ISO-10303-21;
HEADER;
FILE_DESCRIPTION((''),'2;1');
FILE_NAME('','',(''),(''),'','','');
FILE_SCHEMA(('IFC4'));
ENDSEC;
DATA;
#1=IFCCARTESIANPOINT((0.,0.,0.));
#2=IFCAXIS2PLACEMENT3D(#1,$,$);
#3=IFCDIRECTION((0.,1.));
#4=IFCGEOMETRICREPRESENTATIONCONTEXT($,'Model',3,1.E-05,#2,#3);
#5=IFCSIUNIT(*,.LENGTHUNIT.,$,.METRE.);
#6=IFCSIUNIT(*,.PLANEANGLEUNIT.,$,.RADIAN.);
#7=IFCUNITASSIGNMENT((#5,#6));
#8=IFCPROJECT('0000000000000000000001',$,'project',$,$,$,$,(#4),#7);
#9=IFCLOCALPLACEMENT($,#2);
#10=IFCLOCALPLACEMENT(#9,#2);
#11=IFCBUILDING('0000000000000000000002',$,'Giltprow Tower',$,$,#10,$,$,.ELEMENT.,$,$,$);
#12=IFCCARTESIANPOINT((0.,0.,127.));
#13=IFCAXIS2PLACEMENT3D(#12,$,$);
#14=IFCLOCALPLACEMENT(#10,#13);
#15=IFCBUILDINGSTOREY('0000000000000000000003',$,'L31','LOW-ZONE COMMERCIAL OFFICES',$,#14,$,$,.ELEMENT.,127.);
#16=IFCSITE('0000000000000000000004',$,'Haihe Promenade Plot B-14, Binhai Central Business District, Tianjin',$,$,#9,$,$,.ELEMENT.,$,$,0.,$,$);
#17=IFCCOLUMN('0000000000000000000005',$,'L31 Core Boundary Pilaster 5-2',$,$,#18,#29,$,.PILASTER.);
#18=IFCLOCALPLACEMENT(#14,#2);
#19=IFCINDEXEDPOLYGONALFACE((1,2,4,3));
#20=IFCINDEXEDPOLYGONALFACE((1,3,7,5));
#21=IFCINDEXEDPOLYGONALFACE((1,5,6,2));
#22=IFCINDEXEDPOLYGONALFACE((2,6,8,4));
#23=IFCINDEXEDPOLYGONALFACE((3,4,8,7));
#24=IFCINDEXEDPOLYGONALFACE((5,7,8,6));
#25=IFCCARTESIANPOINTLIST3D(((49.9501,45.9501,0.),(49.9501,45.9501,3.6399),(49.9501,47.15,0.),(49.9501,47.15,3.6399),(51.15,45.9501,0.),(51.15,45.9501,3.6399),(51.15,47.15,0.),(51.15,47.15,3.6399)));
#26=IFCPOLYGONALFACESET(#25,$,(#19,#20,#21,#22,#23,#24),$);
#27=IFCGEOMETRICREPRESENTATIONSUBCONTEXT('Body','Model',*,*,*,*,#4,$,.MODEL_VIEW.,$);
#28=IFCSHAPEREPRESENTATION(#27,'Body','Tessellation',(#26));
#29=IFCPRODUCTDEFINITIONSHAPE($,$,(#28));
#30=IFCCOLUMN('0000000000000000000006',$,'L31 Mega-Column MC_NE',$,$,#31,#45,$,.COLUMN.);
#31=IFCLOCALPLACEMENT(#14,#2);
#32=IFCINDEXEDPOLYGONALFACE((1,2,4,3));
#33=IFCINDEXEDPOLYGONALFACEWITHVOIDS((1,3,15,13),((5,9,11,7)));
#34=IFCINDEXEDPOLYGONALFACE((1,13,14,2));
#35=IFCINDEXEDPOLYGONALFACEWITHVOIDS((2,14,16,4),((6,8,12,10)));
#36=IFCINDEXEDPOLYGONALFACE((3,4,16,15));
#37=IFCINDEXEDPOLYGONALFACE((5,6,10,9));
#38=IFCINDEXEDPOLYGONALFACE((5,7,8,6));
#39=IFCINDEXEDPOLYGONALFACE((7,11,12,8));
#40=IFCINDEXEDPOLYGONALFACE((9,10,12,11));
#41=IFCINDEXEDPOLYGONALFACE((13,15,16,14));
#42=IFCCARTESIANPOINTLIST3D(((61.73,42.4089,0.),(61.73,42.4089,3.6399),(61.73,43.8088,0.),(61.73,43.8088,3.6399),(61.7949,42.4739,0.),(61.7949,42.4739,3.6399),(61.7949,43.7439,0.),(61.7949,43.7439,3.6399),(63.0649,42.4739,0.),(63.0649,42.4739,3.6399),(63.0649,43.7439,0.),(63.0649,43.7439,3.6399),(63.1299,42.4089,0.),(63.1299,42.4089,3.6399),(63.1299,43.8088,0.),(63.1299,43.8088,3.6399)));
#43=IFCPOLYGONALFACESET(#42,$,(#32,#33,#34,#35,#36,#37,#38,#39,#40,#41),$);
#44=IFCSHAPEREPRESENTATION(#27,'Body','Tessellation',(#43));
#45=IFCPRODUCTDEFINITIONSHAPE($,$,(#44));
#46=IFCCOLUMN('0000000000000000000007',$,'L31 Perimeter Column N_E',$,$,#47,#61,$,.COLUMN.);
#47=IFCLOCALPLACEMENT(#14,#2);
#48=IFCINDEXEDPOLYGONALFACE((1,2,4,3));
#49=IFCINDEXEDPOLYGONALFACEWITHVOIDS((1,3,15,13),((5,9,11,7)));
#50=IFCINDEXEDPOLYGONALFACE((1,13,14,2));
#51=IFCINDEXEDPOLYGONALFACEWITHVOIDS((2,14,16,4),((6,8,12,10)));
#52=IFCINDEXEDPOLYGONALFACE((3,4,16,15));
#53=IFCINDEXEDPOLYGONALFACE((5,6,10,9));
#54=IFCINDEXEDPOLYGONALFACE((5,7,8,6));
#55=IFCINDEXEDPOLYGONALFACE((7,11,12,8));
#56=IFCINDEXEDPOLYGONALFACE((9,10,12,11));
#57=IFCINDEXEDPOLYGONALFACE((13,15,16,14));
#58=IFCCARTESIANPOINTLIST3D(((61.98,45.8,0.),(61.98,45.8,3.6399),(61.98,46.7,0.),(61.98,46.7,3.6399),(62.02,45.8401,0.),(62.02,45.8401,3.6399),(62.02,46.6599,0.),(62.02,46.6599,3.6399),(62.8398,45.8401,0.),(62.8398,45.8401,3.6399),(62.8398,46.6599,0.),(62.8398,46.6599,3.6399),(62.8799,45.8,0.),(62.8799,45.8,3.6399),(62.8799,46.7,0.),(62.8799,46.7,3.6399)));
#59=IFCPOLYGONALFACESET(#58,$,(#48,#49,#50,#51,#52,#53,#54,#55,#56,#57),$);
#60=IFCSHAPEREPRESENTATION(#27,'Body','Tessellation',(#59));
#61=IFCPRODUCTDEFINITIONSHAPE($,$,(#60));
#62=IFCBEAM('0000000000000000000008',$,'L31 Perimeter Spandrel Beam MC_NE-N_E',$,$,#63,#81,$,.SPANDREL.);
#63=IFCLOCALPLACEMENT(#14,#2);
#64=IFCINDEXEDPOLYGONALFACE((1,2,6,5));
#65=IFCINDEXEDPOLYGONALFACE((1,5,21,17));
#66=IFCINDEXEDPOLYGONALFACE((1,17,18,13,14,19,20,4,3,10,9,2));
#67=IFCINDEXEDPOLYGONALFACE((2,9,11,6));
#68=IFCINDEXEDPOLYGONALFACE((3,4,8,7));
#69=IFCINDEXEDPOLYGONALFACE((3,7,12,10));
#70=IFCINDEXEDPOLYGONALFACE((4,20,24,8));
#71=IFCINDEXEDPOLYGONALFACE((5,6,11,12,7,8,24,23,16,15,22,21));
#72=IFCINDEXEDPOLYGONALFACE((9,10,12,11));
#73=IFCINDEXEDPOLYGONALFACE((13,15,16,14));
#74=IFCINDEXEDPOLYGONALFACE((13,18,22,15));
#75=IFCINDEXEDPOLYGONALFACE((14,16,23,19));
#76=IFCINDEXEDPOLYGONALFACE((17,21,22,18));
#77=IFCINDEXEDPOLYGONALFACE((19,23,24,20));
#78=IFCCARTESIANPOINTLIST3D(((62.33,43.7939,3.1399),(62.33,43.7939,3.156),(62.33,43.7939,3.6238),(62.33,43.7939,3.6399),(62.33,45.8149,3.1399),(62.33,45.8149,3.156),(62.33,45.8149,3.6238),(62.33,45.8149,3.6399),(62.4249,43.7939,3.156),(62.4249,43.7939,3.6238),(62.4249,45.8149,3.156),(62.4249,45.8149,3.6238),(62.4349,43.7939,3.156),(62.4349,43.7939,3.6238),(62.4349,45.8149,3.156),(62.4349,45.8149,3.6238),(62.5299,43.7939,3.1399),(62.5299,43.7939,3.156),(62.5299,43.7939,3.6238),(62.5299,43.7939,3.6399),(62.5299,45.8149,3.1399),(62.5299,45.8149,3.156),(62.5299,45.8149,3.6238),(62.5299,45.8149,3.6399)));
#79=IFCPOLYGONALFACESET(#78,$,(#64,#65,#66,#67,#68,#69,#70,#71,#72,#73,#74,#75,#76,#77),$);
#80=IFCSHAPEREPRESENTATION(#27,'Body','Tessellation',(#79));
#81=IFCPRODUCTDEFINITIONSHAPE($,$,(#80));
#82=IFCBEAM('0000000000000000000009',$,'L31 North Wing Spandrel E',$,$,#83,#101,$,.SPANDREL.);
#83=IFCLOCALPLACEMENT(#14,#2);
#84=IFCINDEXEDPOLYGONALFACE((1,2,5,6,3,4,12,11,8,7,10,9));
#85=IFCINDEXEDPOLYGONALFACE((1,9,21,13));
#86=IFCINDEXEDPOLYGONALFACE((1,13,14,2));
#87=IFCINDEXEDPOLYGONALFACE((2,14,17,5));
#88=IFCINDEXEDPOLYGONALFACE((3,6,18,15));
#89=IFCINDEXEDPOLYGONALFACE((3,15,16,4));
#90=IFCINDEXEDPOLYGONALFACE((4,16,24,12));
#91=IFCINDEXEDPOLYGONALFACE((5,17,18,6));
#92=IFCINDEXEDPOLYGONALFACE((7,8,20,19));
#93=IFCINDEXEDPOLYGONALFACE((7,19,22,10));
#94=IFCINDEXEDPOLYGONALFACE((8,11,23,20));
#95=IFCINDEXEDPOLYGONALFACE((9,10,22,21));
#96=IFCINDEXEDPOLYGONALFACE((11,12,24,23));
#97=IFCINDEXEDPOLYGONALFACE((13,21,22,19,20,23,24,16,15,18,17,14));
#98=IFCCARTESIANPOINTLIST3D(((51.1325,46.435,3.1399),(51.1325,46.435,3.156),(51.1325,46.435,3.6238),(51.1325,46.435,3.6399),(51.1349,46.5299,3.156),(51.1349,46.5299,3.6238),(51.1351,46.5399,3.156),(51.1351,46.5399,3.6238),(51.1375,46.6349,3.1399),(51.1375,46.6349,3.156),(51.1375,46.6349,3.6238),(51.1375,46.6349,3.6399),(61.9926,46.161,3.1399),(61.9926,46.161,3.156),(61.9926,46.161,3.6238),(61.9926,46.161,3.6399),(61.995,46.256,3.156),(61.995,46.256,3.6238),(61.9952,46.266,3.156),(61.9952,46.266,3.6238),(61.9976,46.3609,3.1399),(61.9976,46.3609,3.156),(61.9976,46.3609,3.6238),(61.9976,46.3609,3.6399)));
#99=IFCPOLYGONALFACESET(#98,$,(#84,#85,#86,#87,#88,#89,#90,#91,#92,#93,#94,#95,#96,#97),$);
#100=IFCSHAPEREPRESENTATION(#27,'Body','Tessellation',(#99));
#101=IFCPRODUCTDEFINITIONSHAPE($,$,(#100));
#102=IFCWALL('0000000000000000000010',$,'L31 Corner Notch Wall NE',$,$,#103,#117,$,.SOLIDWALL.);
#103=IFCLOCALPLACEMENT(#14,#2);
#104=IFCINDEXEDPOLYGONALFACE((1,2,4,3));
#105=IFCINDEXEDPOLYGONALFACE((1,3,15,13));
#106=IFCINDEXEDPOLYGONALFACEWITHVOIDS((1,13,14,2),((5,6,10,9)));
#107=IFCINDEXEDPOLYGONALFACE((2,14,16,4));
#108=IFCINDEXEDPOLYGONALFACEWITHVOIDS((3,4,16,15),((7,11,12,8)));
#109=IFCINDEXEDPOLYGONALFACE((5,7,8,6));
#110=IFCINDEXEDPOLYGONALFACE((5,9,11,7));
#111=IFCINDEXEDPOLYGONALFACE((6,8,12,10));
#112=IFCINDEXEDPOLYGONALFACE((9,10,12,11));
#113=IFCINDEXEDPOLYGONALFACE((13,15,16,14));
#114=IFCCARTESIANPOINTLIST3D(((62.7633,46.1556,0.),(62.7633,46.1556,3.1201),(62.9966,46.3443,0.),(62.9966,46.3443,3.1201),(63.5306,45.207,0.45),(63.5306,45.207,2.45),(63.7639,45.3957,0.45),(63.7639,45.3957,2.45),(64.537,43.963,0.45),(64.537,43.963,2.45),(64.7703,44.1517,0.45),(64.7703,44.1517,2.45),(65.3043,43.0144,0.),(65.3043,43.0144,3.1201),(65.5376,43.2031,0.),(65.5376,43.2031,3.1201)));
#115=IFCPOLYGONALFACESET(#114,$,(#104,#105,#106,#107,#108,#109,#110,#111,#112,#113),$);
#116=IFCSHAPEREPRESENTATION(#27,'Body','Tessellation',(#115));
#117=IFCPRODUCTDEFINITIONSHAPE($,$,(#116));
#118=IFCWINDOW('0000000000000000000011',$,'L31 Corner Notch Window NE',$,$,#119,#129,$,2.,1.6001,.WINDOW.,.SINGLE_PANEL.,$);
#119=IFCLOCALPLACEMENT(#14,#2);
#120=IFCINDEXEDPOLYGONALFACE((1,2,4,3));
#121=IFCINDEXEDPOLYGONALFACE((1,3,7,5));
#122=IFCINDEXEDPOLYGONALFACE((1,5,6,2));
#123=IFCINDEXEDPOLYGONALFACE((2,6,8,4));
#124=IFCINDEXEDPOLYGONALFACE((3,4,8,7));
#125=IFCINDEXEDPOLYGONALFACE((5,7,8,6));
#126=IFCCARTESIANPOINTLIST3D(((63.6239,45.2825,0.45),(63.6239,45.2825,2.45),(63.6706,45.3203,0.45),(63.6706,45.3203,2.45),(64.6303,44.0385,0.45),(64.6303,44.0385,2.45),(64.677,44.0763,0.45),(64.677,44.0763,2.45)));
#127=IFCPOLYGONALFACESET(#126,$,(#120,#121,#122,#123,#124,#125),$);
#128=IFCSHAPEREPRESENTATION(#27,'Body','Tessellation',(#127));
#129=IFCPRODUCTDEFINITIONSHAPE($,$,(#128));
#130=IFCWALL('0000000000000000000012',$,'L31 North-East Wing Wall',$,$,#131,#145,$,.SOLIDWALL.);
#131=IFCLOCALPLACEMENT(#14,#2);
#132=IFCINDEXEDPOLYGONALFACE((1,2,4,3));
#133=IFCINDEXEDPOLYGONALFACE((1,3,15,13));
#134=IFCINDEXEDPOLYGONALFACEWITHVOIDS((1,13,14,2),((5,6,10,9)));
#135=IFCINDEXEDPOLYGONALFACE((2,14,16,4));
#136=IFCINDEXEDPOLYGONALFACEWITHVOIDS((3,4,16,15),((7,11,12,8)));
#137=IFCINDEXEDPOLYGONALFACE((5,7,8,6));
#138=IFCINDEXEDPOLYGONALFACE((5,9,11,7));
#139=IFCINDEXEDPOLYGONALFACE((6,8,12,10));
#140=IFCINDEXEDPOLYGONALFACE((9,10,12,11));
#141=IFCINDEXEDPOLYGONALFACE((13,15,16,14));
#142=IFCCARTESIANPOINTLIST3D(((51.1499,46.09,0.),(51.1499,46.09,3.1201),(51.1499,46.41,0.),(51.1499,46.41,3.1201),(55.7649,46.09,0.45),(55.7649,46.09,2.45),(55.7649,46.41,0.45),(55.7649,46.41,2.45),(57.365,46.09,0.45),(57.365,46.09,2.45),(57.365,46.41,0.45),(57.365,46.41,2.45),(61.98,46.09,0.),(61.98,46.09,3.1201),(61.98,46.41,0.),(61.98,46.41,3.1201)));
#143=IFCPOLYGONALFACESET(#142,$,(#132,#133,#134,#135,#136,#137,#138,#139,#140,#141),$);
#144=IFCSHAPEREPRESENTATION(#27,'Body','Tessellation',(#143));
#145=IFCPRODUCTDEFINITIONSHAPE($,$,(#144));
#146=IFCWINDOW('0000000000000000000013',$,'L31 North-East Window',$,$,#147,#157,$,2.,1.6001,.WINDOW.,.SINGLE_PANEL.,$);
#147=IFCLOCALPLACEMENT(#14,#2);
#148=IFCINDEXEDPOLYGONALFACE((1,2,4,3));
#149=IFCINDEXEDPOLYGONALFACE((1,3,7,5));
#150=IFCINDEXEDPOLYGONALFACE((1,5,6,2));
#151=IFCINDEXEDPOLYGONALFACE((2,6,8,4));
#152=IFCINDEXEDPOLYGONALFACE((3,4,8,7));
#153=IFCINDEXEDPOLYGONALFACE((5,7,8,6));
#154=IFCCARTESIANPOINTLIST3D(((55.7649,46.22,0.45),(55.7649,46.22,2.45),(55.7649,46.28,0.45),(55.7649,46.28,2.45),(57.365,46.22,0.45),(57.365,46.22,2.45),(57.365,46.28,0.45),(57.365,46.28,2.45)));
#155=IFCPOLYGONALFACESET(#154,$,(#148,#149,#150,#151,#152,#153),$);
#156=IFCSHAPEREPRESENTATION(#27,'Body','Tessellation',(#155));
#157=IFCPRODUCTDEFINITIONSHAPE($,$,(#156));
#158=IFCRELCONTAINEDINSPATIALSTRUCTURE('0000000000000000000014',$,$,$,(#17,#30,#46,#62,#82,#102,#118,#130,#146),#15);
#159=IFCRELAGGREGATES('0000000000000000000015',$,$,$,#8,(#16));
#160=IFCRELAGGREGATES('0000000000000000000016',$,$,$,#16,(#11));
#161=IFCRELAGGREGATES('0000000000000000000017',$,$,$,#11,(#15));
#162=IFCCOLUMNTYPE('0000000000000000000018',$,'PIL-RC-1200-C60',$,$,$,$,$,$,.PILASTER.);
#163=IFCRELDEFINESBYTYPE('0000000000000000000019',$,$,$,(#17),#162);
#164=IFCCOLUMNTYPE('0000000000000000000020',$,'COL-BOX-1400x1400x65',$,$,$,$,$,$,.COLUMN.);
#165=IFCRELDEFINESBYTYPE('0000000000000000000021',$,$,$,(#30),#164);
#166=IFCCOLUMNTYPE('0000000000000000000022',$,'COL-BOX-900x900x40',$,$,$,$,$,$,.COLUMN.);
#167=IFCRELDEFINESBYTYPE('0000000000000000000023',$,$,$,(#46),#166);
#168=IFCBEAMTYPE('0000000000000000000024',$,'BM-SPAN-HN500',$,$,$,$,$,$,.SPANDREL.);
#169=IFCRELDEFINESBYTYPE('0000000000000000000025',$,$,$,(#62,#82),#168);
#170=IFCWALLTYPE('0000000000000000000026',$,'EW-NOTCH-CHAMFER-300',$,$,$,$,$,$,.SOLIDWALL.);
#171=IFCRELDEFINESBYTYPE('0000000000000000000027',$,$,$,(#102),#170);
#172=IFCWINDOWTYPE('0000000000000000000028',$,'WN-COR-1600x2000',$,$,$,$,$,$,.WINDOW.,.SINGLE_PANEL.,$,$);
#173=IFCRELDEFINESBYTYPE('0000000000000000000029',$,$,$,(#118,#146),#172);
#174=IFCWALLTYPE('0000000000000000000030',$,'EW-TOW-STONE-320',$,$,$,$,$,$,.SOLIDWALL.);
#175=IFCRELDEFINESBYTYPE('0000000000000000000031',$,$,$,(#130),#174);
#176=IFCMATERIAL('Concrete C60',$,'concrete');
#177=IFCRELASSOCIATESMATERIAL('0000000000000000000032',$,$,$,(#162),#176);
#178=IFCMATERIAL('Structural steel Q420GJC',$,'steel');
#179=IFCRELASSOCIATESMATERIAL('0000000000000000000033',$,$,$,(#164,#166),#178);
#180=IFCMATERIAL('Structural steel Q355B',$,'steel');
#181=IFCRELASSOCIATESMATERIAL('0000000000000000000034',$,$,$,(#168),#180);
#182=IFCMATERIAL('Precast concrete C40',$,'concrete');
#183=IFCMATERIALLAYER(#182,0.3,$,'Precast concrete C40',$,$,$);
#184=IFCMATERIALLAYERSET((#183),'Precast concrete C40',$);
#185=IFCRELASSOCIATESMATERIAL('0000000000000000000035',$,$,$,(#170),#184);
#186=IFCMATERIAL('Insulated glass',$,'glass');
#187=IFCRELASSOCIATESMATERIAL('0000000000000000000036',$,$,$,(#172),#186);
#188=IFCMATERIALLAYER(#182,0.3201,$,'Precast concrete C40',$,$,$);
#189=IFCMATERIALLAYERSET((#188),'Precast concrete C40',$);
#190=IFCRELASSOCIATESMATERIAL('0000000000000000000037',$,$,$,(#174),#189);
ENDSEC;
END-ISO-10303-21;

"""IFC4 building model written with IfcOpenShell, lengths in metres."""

from ifc_helpers import new_model, si_unit, direction, frame, frame_2d, origin, origin_2d, place, context, subcontext, project, spatial, rectangle, hollow_rectangle, i_section, extrude, source, transform, mapped, material, layer, layer_set, material_profile, profile_set, type_object, element, fill, save


model = new_model("IFC4")

# Units and contexts
model_context = context("Model", 3, precision=1e-05, world=origin(), true_north=direction((0.0, 1.0)))
body_context = subcontext(model_context, "Body", "Model", "MODEL_VIEW")
ifc_project = project(units=[si_unit("LENGTHUNIT", "METRE"), si_unit("PLANEANGLEUNIT", "RADIAN")], contexts=[model_context])

# Site, building, storey
site_placement = place(None, origin())
site = spatial("IfcSite", under=ifc_project, at=site_placement, Name="Haihe Promenade Plot B-14, Binhai Central Business District, Tianjin", CompositionType="ELEMENT", RefElevation=0.0)
building_placement = place(site_placement, origin())
building = spatial("IfcBuilding", under=site, at=building_placement, Name="Giltprow Tower", CompositionType="ELEMENT")
storey_placement = place(building_placement, frame((0.0, 0.0, 127.0)))
storey = spatial("IfcBuildingStorey", under=building, at=storey_placement, Name="L31", Description="LOW-ZONE COMMERCIAL OFFICES", CompositionType="ELEMENT", Elevation=127.0)

# Columns
ifc_material_1 = material(Name="Concrete C60", Category="concrete")
ifc_material_profile_1 = material_profile(ifc_material_1, rectangle(XDim=1.2, YDim=1.2, at=origin_2d()), Name="RC 1200x1200")
ifc_profile_set_1 = profile_set([ifc_material_profile_1], Name="Concrete C60")
column_type_1 = type_object("IfcColumnType", Name="PIL-RC-1200-C60", PredefinedType="PILASTER", material=ifc_profile_set_1)
shared_shape_1 = source(origin(), body_context, "Body", "SweptSolid", [
    extrude(rectangle(XDim=1.2, YDim=1.2, at=origin_2d()), origin(), (0.0, 0.0, 1.0), 3.6399),
])
column_1_placement = place(storey_placement, frame((50.55, 46.55, 0.0), z_axis=(0.0, 0.0, 1.0), x_axis=(1.0, 0.0, 0.0)))
element("IfcColumn", 1, at=column_1_placement, inside=storey, type_object=column_type_1, Name="L31 Core Boundary Pilaster 5-2", PredefinedType="PILASTER", context=body_context, shape_type="MappedRepresentation", body=[
    mapped(shared_shape_1, transform((0.0, 0.0, 0.0), x_axis=(1.0, 0.0, 0.0), y_axis=(0.0, 1.0, 0.0), z_axis=(0.0, 0.0, 1.0), scale=1.0)),
])
ifc_material_2 = material(Name="Structural steel Q420GJC", Category="steel")
ifc_material_profile_2 = material_profile(ifc_material_2, hollow_rectangle(XDim=1.3999, YDim=1.3999, WallThickness=0.0649, at=origin_2d()), Name="BOX 1400x1400x65")
ifc_profile_set_2 = profile_set([ifc_material_profile_2], Name="Structural steel Q420GJC")
column_type_2 = type_object("IfcColumnType", Name="COL-BOX-1400x1400x65", PredefinedType="COLUMN", material=ifc_profile_set_2)
shared_shape_2 = source(origin(), body_context, "Body", "SweptSolid", [
    extrude(hollow_rectangle(XDim=1.3999, YDim=1.3999, WallThickness=0.0649, at=origin_2d()), origin(), (0.0, 0.0, 1.0), 3.6399),
])
column_2_placement = place(storey_placement, frame((62.4299, 43.1089, 0.0), z_axis=(0.0, 0.0, 1.0), x_axis=(1.0, 0.0, 0.0)))
element("IfcColumn", 2, at=column_2_placement, inside=storey, type_object=column_type_2, Name="L31 Mega-Column MC_NE", PredefinedType="COLUMN", context=body_context, shape_type="MappedRepresentation", body=[
    mapped(shared_shape_2, transform((0.0, 0.0, 0.0), x_axis=(1.0, 0.0, 0.0), y_axis=(0.0, 1.0, 0.0), z_axis=(0.0, 0.0, 1.0), scale=1.0)),
])
ifc_material_profile_3 = material_profile(ifc_material_2, hollow_rectangle(XDim=0.8999, YDim=0.8999, WallThickness=0.04, at=origin_2d()), Name="BOX 900x900x40")
ifc_profile_set_3 = profile_set([ifc_material_profile_3], Name="Structural steel Q420GJC")
column_type_3 = type_object("IfcColumnType", Name="COL-BOX-900x900x40", PredefinedType="COLUMN", material=ifc_profile_set_3)
shared_shape_3 = source(origin(), body_context, "Body", "SweptSolid", [
    extrude(hollow_rectangle(XDim=0.8999, YDim=0.8999, WallThickness=0.04, at=origin_2d()), origin(), (0.0, 0.0, 1.0), 3.6399),
])
column_3_placement = place(storey_placement, frame((62.4299, 46.25, 0.0), z_axis=(0.0, 0.0, 1.0), x_axis=(1.0, 0.0, 0.0)))
element("IfcColumn", 3, at=column_3_placement, inside=storey, type_object=column_type_3, Name="L31 Perimeter Column N_E", PredefinedType="COLUMN", context=body_context, shape_type="MappedRepresentation", body=[
    mapped(shared_shape_3, transform((0.0, 0.0, 0.0), x_axis=(1.0, 0.0, 0.0), y_axis=(0.0, 1.0, 0.0), z_axis=(0.0, 0.0, 1.0), scale=1.0)),
])

# Beams
ifc_material_3 = material(Name="Structural steel Q355B", Category="steel")
ifc_material_profile_4 = material_profile(ifc_material_3, i_section(OverallWidth=0.2, OverallDepth=0.5, WebThickness=0.01, FlangeThickness=0.0161, at=origin_2d()), Name="HN 500x200x10x16")
ifc_profile_set_4 = profile_set([ifc_material_profile_4], Name="Structural steel Q355B")
beam_type = type_object("IfcBeamType", Name="BM-SPAN-HN500", PredefinedType="SPANDREL", material=ifc_profile_set_4)
shared_shape_4 = source(origin(), body_context, "Body", "SweptSolid", [
    extrude(i_section(OverallWidth=0.2, OverallDepth=0.5, WebThickness=0.01, FlangeThickness=0.0161, at=origin_2d()), origin(), (0.0, 0.0, 1.0), 2.021),
])
beam_1_placement = place(storey_placement, frame((62.4299, 43.7939, 3.3899), z_axis=(0.0, 1.0, 0.0), x_axis=(-1.0, 0.0, 0.0)))
element("IfcBeam", 4, at=beam_1_placement, inside=storey, type_object=beam_type, Name="L31 Perimeter Spandrel Beam MC_NE-N_E", PredefinedType="SPANDREL", context=body_context, shape_type="MappedRepresentation", body=[
    mapped(shared_shape_4, transform((0.0, 0.0, 0.0), x_axis=(1.0, 0.0, 0.0), y_axis=(0.0, 1.0, 0.0), z_axis=(0.0, 0.0, 1.0), scale=1.0)),
])
shared_shape_5 = source(origin(), body_context, "Body", "SweptSolid", [
    extrude(i_section(OverallWidth=0.2, OverallDepth=0.5, WebThickness=0.01, FlangeThickness=0.0161, at=origin_2d()), origin(), (0.0, 0.0, 1.0), 10.8635),
])
beam_2_placement = place(storey_placement, frame((51.135, 46.5349, 3.3899), z_axis=(0.999682, -0.025215, 0.0), x_axis=(0.025215, 0.999682, 0.0)))
element("IfcBeam", 5, at=beam_2_placement, inside=storey, type_object=beam_type, Name="L31 North Wing Spandrel E", PredefinedType="SPANDREL", context=body_context, shape_type="MappedRepresentation", body=[
    mapped(shared_shape_5, transform((0.0, 0.0, 0.0), x_axis=(1.0, 0.0, 0.0), y_axis=(0.0, 1.0, 0.0), z_axis=(0.0, 0.0, 1.0), scale=1.0)),
])

# Walls, openings, windows
ifc_material_4 = material(Name="Precast concrete C40", Category="concrete")
ifc_layer_1 = layer(ifc_material_4, 0.3, Name="Precast concrete C40")
ifc_layer_set_1 = layer_set([ifc_layer_1], Name="Precast concrete C40")
wall_type_1 = type_object("IfcWallType", Name="EW-NOTCH-CHAMFER-300", PredefinedType="SOLIDWALL", material=ifc_layer_set_1)
wall_1_placement = place(storey_placement, frame((65.4209, 43.1089, 0.0), z_axis=(0.0, 0.0, 1.0), x_axis=(-0.62893, 0.777462, 0.0)))
wall_1 = element("IfcWall", 6, at=wall_1_placement, inside=storey, type_object=wall_type_1, Name="L31 Corner Notch Wall NE", PredefinedType="SOLIDWALL", context=body_context, shape_type="SweptSolid", body=[
    extrude(rectangle(XDim=4.0403, YDim=0.3, at=frame_2d((2.02, 0.0))), origin(), (0.0, 0.0, 1.0), 3.1201),
])
opening_1_placement = place(wall_1_placement, frame((1.22, 0.0, 0.45)))
opening_1 = element("IfcOpeningElement", 7, at=opening_1_placement, cuts=wall_1, PredefinedType="OPENING", context=body_context, shape_type="SweptSolid", body=[
    extrude(rectangle(XDim=1.6001, YDim=2.0, at=frame_2d((0.8, 1.0))), frame((0.0, 0.1599, 0.0), z_axis=(0.0, -1.0, 0.0), x_axis=(1.0, 0.0, 0.0)), (0.0, 0.0, 1.0), 0.3201),
])
ifc_material_5 = material(Name="Insulated glass", Category="glass")
window_type = type_object("IfcWindowType", Name="WN-COR-1600x2000", PartitioningType="SINGLE_PANEL", PredefinedType="WINDOW", material=ifc_material_5)
shared_shape_6 = source(origin(), body_context, "Body", "SweptSolid", [
    extrude(rectangle(XDim=1.6001, YDim=2.0, at=frame_2d((0.8, 1.0))), frame((0.0, 0.03, 0.0), z_axis=(0.0, -1.0, 0.0), x_axis=(1.0, 0.0, 0.0)), (0.0, 0.0, 1.0), 0.0601),
])
window_1_placement = place(opening_1_placement, origin())
window_1 = element("IfcWindow", 8, at=window_1_placement, inside=storey, type_object=window_type, Name="L31 Corner Notch Window NE", OverallHeight=2.0, OverallWidth=1.6001, PartitioningType="SINGLE_PANEL", PredefinedType="WINDOW", context=body_context, shape_type="MappedRepresentation", body=[
    mapped(shared_shape_6, transform((0.0, 0.0, 0.0), x_axis=(1.0, 0.0, 0.0), y_axis=(0.0, 1.0, 0.0), z_axis=(0.0, 0.0, 1.0), scale=1.0)),
])
fill(opening_1, window_1)
ifc_layer_2 = layer(ifc_material_4, 0.3201, Name="Precast concrete C40")
ifc_layer_set_2 = layer_set([ifc_layer_2], Name="Precast concrete C40")
wall_type_2 = type_object("IfcWallType", Name="EW-TOW-STONE-320", PredefinedType="SOLIDWALL", material=ifc_layer_set_2)
wall_2_placement = place(storey_placement, frame((51.1499, 46.25, 0.0), z_axis=(0.0, 0.0, 1.0), x_axis=(1.0, 0.0, 0.0)))
wall_2 = element("IfcWall", 9, at=wall_2_placement, inside=storey, type_object=wall_type_2, Name="L31 North-East Wing Wall", PredefinedType="SOLIDWALL", context=body_context, shape_type="SweptSolid", body=[
    extrude(rectangle(XDim=10.8301, YDim=0.3201, at=frame_2d((5.415, 0.0))), origin(), (0.0, 0.0, 1.0), 3.1201),
])
opening_2_placement = place(wall_2_placement, frame((4.615, 0.0, 0.45)))
opening_2 = element("IfcOpeningElement", 10, at=opening_2_placement, cuts=wall_2, PredefinedType="OPENING", context=body_context, shape_type="SweptSolid", body=[
    extrude(rectangle(XDim=1.6001, YDim=2.0, at=frame_2d((0.8, 1.0))), frame((0.0, 0.1699, 0.0), z_axis=(0.0, -1.0, 0.0), x_axis=(1.0, 0.0, 0.0)), (0.0, 0.0, 1.0), 0.3401),
])
window_2_placement = place(opening_2_placement, origin())
window_2 = element("IfcWindow", 11, at=window_2_placement, inside=storey, type_object=window_type, Name="L31 North-East Window", OverallHeight=2.0, OverallWidth=1.6001, PartitioningType="SINGLE_PANEL", PredefinedType="WINDOW", context=body_context, shape_type="MappedRepresentation", body=[
    mapped(shared_shape_6, transform((0.0, 0.0, 0.0), x_axis=(1.0, 0.0, 0.0), y_axis=(0.0, 1.0, 0.0), z_axis=(0.0, 0.0, 1.0), scale=1.0)),
])
fill(opening_2, window_2)

save(model, "model.ifc")
